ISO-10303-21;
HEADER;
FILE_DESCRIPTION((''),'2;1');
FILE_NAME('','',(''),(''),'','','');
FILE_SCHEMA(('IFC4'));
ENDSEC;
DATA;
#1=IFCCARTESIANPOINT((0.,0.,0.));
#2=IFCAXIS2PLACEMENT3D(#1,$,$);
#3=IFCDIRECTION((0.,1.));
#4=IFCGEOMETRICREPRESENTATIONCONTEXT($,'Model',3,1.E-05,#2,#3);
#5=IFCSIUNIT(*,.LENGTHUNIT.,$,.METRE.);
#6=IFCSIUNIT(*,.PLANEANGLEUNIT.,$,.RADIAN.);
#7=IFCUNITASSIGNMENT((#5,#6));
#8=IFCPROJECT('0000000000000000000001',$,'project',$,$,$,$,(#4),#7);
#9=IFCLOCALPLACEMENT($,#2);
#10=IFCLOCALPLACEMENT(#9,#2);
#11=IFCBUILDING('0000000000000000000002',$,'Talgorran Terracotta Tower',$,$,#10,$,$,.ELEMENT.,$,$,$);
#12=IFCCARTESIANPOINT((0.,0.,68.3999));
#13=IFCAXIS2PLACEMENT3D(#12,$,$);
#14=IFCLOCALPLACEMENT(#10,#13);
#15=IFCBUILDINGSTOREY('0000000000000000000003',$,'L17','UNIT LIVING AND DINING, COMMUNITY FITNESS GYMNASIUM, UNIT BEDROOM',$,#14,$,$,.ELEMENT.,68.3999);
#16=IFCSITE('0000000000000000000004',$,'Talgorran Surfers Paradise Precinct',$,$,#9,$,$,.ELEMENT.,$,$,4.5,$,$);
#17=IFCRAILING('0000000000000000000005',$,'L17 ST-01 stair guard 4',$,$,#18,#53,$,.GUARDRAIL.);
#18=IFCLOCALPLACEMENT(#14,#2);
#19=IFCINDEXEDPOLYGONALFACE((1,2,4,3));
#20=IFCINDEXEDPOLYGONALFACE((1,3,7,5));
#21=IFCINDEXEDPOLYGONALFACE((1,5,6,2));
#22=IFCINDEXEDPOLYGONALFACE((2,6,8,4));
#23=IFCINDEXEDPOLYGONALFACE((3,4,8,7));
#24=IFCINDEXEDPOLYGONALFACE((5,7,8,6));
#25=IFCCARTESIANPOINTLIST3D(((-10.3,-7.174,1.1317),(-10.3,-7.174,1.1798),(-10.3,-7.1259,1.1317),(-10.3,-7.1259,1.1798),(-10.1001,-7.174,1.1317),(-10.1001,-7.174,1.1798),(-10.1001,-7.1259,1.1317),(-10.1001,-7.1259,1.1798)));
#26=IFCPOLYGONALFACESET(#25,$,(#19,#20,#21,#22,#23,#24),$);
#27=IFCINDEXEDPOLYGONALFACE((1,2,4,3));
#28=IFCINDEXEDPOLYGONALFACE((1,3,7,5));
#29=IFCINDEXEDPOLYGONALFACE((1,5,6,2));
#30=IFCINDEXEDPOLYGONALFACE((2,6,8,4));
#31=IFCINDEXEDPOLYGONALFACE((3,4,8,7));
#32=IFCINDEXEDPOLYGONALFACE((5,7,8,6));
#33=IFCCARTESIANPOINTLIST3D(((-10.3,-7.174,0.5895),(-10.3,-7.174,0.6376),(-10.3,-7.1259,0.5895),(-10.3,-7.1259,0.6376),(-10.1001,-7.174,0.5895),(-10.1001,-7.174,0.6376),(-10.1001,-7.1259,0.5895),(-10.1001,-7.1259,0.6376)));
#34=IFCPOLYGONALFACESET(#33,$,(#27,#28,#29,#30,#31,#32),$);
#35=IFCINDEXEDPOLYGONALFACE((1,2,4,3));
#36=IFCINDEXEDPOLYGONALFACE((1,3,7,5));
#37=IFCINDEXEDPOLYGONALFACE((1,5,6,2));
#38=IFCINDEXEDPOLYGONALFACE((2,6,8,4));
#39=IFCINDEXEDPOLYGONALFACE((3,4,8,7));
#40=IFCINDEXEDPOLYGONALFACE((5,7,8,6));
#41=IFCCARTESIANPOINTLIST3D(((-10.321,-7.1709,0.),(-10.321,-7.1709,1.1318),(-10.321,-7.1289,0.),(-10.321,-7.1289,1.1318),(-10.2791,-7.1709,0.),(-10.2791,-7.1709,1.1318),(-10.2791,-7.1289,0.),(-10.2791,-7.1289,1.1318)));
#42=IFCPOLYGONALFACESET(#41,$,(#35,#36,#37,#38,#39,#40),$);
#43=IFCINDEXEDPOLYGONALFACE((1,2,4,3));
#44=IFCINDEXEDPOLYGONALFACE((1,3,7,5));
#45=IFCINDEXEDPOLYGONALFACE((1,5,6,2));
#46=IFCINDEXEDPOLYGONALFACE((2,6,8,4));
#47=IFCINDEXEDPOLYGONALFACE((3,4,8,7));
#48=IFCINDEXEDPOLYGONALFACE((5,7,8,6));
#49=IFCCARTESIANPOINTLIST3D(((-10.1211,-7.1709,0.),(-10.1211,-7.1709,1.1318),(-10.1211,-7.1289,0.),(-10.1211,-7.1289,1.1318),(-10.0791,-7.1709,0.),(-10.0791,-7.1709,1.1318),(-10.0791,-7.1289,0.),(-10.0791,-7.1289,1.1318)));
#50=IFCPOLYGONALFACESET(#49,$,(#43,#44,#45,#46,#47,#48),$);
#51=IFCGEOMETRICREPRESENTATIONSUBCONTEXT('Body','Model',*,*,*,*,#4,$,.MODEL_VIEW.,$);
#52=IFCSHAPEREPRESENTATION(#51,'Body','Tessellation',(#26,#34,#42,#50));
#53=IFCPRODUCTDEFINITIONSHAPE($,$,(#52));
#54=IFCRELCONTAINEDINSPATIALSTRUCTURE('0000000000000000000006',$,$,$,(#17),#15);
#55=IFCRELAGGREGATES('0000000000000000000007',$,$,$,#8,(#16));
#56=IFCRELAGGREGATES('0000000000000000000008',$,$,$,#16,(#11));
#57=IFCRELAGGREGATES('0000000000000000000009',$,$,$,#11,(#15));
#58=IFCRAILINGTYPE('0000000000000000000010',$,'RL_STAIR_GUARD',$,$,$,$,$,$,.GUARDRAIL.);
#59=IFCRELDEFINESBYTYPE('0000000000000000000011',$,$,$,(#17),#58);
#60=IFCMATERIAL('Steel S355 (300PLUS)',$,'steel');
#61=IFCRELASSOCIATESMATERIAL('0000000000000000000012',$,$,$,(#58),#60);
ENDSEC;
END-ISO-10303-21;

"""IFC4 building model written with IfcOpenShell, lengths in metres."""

from ifc_helpers import new_model, si_unit, direction, frame, origin, origin_2d, place, context, subcontext, project, spatial, rectangle, extrude, material, type_object, element, save


model = new_model("IFC4")

# Units and contexts
model_context = context("Model", 3, precision=1e-05, world=origin(), true_north=direction((0.0, 1.0)))
body_context = subcontext(model_context, "Body", "Model", "MODEL_VIEW")
ifc_project = project(units=[si_unit("LENGTHUNIT", "METRE"), si_unit("PLANEANGLEUNIT", "RADIAN")], contexts=[model_context])

# Site, building, storey
site_placement = place(None, origin())
site = spatial("IfcSite", under=ifc_project, at=site_placement, Name="Talgorran Surfers Paradise Precinct", CompositionType="ELEMENT", RefElevation=4.5)
building_placement = place(site_placement, origin())
building = spatial("IfcBuilding", under=site, at=building_placement, Name="Talgorran Terracotta Tower", CompositionType="ELEMENT")
storey_placement = place(building_placement, frame((0.0, 0.0, 68.3999)))
storey = spatial("IfcBuildingStorey", under=building, at=storey_placement, Name="L17", Description="UNIT LIVING AND DINING, COMMUNITY FITNESS GYMNASIUM, UNIT BEDROOM", CompositionType="ELEMENT", Elevation=68.3999)

# Railing
ifc_material_1 = material(Name="Steel S355 (300PLUS)", Category="steel")
railing_type_1 = type_object("IfcRailingType", Name="RL_STAIR_GUARD", PredefinedType="GUARDRAIL", material=ifc_material_1)
railing_1_placement = place(storey_placement, frame((-10.3, -7.1499, 0.0)))
element("IfcRailing", 1, at=railing_1_placement, inside=storey, type_object=railing_type_1, Name="L17 ST-01 stair guard 4", PredefinedType="GUARDRAIL", context=body_context, shape_type="SweptSolid", body=[
    extrude(rectangle(XDim=0.0481, YDim=0.0481, at=origin_2d()), frame((0.0, 0.0, 1.1558), z_axis=(1.0, 0.0, 0.0), x_axis=(0.0, 1.0, 0.0)), (0.0, 0.0, 1.0), 0.2),
    extrude(rectangle(XDim=0.0481, YDim=0.0481, at=origin_2d()), frame((0.0, 0.0, 0.6135), z_axis=(1.0, 0.0, 0.0), x_axis=(0.0, 1.0, 0.0)), (0.0, 0.0, 1.0), 0.2),
    extrude(rectangle(XDim=0.042, YDim=0.042, at=origin_2d()), origin(), (0.0, 0.0, 1.0), 1.1318),
    extrude(rectangle(XDim=0.042, YDim=0.042, at=origin_2d()), frame((0.2, 0.0, 0.0)), (0.0, 0.0, 1.0), 1.1318),
])

save(model, "model.ifc")
